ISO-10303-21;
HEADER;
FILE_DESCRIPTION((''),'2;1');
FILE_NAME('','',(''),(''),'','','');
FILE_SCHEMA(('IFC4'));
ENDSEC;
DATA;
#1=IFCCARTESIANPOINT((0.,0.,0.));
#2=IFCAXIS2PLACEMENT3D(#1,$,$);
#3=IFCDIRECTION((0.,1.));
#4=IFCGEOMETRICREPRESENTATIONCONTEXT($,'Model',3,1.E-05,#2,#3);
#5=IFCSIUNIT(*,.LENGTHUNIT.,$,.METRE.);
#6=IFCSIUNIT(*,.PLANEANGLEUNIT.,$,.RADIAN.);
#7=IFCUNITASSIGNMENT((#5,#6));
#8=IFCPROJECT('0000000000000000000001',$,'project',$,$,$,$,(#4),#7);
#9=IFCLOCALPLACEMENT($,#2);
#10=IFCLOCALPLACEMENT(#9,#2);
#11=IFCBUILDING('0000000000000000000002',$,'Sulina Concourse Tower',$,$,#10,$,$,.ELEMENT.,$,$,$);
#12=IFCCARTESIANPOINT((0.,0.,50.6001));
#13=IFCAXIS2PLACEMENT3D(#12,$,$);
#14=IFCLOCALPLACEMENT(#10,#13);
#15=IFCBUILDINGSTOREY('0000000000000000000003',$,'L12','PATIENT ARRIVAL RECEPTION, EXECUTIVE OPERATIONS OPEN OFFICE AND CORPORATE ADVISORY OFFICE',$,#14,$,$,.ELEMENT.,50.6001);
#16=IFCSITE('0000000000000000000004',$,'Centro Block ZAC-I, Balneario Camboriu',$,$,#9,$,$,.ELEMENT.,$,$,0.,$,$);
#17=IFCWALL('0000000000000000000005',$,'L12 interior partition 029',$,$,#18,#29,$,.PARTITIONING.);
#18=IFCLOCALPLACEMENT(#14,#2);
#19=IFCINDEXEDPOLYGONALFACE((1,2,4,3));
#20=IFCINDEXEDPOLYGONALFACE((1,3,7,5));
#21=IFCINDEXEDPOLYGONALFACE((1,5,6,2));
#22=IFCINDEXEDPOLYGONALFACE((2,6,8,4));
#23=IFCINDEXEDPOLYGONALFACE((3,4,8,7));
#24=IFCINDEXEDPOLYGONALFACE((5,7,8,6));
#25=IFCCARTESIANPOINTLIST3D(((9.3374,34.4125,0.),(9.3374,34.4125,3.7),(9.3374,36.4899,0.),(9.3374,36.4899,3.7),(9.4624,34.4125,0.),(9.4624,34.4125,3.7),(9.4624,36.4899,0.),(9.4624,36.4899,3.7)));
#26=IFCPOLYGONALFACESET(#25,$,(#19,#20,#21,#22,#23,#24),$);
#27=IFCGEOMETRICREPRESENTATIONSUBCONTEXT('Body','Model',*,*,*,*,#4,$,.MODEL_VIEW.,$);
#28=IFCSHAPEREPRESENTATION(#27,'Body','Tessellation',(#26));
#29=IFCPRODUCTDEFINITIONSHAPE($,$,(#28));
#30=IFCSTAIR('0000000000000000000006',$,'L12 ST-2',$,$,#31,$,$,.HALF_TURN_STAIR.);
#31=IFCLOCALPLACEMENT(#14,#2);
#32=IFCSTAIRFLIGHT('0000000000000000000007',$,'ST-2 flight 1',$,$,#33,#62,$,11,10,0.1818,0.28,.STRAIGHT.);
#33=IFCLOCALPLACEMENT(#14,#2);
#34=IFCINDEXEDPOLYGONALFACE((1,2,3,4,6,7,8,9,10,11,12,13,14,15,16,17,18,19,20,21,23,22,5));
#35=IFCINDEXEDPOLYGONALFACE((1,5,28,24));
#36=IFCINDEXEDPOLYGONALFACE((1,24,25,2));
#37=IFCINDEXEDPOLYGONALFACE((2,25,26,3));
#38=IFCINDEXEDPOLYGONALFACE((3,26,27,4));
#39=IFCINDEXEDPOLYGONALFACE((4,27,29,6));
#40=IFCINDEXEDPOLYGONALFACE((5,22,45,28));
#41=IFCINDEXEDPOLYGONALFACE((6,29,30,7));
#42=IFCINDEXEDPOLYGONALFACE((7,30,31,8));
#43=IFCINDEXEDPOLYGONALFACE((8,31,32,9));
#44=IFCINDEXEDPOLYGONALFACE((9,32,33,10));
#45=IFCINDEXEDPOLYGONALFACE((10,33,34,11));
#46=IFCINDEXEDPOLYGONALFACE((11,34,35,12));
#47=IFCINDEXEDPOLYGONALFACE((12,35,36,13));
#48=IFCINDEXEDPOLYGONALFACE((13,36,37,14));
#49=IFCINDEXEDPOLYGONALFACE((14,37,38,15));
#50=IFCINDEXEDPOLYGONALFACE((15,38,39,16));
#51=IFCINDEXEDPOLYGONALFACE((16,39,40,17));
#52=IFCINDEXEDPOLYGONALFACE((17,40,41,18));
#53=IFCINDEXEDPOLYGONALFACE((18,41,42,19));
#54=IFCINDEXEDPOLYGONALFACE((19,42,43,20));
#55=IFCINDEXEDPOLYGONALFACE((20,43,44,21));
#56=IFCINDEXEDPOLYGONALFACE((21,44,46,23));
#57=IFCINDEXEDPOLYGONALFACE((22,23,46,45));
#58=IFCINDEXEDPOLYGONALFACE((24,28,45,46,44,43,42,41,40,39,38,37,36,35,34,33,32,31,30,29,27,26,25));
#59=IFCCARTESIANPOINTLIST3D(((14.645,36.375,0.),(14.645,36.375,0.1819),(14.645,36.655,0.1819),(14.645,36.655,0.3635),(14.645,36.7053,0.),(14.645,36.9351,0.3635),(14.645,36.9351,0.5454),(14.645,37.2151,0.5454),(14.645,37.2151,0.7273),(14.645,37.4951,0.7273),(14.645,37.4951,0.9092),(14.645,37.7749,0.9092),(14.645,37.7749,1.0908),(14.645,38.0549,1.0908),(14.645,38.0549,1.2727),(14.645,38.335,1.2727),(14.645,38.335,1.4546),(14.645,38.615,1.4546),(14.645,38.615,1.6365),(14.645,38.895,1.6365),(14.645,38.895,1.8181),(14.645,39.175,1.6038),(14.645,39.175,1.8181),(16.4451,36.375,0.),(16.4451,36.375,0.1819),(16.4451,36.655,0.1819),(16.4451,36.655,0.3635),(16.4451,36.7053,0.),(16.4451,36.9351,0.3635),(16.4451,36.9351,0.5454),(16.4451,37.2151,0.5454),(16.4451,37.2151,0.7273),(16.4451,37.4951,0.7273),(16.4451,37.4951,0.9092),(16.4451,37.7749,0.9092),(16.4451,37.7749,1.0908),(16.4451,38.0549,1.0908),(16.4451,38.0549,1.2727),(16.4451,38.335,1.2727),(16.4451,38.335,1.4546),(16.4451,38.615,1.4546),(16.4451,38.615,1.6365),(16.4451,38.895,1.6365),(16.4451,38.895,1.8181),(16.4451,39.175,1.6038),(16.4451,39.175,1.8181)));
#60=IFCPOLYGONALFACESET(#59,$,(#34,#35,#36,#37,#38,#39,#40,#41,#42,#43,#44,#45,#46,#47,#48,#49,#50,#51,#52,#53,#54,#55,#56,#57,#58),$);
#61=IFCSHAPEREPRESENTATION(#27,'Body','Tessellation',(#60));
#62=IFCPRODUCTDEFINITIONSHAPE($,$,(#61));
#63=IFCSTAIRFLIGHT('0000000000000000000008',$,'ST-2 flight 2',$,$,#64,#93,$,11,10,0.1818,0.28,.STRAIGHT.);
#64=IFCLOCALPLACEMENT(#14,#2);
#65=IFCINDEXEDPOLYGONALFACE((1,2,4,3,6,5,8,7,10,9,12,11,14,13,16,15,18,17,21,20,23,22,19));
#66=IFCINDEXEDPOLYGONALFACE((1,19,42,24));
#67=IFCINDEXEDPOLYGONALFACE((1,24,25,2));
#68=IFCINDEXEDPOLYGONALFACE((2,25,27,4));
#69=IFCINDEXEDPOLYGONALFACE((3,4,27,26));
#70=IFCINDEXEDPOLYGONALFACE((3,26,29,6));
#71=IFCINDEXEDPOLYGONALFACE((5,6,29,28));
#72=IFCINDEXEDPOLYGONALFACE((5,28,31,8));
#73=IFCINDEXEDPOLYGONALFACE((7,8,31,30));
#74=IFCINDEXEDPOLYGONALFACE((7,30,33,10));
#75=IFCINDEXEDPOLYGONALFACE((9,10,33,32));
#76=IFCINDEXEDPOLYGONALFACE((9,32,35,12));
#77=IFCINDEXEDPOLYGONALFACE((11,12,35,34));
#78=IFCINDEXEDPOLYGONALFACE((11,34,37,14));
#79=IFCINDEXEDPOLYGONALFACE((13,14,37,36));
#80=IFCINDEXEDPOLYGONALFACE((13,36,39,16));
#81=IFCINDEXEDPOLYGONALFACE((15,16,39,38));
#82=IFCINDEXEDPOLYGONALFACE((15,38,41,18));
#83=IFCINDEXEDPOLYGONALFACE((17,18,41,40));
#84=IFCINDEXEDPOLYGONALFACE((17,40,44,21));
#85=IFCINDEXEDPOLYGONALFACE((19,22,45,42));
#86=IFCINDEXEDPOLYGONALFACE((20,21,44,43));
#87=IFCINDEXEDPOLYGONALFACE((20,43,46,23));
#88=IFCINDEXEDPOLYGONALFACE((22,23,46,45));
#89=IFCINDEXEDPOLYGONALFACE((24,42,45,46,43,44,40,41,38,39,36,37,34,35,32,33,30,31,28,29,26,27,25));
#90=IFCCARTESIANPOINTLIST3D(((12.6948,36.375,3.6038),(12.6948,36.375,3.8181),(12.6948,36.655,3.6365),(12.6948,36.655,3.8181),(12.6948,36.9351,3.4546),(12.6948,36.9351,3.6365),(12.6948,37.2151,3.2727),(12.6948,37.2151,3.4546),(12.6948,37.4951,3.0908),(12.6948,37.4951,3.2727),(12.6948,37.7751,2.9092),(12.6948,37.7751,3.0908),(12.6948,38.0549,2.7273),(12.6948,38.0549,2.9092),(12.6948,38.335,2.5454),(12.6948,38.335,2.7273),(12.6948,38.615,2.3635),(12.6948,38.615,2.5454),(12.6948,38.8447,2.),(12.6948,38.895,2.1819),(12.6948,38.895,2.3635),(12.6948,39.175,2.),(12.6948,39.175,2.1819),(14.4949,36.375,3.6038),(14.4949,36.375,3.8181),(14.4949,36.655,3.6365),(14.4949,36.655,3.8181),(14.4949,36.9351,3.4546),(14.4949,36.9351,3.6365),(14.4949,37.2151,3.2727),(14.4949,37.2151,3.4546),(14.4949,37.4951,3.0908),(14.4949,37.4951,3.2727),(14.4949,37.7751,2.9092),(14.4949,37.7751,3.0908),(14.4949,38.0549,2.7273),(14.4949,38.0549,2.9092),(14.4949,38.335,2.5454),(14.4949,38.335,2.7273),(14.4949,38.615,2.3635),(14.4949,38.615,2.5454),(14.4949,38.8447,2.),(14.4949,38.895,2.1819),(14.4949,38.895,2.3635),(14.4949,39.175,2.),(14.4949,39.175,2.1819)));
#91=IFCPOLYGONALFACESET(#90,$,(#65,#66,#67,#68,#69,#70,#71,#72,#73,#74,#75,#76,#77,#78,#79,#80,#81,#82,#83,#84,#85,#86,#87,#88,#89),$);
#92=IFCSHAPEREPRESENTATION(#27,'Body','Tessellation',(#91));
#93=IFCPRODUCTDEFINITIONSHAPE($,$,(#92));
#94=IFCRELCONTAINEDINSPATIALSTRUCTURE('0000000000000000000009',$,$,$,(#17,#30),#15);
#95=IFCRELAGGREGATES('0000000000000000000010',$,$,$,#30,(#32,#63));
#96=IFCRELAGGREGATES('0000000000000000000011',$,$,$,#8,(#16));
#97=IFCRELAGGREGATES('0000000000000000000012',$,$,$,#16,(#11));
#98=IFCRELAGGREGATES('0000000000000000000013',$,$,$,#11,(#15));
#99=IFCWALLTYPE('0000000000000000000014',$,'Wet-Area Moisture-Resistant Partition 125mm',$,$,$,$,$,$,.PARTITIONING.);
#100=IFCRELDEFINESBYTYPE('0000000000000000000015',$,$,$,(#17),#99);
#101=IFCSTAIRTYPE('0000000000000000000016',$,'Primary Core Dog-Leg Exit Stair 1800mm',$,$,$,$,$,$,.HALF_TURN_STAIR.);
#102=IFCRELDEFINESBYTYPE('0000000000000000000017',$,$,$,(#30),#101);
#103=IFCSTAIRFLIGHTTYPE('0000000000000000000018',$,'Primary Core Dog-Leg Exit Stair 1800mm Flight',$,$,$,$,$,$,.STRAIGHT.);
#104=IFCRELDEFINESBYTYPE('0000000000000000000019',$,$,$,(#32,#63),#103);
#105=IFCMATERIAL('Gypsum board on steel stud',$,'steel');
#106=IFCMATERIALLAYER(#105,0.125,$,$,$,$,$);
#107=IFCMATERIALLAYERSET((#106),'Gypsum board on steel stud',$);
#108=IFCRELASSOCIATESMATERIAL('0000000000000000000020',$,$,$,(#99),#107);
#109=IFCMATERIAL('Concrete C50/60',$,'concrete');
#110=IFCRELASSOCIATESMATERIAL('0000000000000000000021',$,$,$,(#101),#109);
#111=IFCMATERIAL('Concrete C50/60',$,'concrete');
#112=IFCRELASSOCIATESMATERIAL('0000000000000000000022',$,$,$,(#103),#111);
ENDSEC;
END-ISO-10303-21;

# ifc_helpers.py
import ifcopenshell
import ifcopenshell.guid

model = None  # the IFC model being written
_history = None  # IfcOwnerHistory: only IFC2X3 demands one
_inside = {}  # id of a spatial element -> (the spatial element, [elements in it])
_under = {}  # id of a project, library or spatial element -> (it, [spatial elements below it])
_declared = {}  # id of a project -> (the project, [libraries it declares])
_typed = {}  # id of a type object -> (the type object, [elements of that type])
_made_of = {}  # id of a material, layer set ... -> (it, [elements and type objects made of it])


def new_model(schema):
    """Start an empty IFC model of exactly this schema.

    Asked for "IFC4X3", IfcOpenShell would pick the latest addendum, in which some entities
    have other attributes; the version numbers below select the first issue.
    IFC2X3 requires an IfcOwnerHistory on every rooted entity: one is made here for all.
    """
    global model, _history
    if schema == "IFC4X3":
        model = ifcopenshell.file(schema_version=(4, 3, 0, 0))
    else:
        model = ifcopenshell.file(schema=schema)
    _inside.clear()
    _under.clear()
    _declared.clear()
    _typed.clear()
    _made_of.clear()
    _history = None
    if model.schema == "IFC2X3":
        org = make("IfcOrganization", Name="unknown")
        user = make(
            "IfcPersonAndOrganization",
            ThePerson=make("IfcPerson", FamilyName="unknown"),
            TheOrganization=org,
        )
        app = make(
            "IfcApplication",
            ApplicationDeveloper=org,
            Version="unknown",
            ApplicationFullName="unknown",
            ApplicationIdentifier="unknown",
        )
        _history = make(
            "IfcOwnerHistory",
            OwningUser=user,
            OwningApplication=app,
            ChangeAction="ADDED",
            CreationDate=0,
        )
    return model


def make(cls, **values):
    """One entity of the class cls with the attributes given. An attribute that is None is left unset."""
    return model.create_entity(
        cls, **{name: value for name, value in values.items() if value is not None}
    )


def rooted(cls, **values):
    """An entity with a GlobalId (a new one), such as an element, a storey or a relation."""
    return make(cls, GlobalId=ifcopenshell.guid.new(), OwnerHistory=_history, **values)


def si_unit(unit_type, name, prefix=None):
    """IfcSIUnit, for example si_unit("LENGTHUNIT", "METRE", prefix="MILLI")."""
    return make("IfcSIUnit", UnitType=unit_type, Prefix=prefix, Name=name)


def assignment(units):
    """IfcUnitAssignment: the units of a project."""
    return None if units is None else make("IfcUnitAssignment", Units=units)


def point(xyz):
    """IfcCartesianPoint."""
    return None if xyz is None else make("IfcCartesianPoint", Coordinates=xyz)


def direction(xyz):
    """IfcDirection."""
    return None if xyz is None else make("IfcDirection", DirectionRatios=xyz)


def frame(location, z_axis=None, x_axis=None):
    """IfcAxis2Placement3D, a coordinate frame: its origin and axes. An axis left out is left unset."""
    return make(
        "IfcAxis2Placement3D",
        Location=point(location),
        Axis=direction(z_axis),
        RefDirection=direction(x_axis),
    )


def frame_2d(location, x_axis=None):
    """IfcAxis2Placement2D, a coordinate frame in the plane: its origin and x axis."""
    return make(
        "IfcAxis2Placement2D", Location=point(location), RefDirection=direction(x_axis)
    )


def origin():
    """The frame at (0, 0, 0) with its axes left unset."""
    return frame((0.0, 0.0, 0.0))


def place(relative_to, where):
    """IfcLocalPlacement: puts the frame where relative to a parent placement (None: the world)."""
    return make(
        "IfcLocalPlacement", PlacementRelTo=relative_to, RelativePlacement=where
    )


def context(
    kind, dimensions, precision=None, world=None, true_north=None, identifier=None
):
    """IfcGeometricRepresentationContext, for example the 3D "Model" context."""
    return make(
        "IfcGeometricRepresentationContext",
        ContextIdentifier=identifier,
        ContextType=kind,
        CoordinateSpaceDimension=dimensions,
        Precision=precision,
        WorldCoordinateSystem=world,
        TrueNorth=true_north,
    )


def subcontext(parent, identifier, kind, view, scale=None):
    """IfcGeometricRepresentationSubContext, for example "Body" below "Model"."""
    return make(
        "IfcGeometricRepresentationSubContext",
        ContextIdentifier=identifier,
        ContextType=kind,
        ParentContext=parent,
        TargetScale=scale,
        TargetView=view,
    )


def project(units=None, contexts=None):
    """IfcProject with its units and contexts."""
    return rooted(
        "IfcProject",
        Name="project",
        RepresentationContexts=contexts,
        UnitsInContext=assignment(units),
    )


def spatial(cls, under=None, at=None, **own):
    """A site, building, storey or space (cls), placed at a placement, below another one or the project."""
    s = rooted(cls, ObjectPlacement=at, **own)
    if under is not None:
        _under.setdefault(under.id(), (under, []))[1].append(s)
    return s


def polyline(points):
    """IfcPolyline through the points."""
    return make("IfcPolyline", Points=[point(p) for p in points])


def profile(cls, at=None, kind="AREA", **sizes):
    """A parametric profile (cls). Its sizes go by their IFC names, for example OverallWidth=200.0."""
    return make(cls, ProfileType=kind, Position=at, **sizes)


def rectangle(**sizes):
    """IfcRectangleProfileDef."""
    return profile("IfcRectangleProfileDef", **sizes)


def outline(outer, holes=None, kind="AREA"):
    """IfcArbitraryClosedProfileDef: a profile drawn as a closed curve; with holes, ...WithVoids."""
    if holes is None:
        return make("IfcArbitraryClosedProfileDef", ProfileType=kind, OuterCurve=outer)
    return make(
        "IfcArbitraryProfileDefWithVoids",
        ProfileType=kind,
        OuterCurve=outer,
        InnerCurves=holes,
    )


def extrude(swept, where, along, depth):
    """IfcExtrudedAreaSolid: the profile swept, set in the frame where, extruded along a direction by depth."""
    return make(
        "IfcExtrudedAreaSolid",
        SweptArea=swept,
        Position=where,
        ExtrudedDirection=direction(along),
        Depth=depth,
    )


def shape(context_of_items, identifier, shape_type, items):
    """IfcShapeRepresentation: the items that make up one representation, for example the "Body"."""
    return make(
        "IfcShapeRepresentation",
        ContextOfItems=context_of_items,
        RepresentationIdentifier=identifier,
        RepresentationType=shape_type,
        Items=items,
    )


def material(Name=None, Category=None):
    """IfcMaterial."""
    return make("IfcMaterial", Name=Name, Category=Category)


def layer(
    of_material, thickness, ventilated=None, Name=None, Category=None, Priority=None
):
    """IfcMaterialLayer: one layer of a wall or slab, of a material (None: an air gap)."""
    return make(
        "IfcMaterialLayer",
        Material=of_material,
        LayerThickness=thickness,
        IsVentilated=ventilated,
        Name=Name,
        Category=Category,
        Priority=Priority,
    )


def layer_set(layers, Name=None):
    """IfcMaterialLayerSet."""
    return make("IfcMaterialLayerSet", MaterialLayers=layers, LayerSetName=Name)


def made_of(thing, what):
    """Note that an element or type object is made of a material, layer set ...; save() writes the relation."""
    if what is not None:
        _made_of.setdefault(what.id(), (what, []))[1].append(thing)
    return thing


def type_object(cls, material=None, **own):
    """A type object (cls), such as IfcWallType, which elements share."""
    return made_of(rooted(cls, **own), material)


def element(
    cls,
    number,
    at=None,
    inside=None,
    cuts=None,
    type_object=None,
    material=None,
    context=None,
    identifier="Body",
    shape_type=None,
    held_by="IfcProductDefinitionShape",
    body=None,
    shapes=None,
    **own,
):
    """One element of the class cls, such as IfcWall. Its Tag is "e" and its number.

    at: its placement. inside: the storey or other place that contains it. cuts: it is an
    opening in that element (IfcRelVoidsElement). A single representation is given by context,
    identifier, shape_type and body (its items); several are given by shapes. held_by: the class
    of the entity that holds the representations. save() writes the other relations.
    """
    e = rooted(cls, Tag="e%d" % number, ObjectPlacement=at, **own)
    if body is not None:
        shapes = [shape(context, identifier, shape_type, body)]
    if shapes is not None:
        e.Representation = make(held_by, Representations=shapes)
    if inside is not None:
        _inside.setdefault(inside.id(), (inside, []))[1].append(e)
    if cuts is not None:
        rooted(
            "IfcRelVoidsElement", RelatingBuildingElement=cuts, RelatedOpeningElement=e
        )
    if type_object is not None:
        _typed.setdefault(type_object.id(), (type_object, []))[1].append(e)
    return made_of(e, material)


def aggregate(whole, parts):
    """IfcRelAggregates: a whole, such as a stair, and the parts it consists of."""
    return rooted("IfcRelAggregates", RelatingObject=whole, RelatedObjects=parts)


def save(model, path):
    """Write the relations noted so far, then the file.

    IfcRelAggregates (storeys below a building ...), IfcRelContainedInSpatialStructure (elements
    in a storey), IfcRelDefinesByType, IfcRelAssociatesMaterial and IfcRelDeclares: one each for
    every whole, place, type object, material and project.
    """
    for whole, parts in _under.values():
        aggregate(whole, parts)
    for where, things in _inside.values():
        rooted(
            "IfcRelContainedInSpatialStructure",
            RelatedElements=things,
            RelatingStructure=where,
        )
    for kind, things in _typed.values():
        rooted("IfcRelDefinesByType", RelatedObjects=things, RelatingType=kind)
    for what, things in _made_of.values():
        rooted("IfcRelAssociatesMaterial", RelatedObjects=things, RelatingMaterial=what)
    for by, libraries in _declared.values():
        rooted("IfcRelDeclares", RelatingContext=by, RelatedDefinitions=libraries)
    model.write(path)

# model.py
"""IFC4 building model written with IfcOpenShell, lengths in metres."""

from ifc_helpers import new_model, si_unit, direction, frame, frame_2d, origin, place, context, subcontext, project, spatial, polyline, rectangle, outline, extrude, material, layer, layer_set, type_object, element, aggregate, save


model = new_model("IFC4")

# Units and contexts
model_context = context("Model", 3, precision=1e-05, world=origin(), true_north=direction((0.0, 1.0)))
body_context = subcontext(model_context, "Body", "Model", "MODEL_VIEW")
ifc_project = project(units=[si_unit("LENGTHUNIT", "METRE"), si_unit("PLANEANGLEUNIT", "RADIAN")], contexts=[model_context])

# Site, building, storey
site_placement = place(None, origin())
site = spatial("IfcSite", under=ifc_project, at=site_placement, Name="Centro Block ZAC-I, Balneario Camboriu", CompositionType="ELEMENT", RefElevation=0.0)
building_placement = place(site_placement, origin())
building = spatial("IfcBuilding", under=site, at=building_placement, Name="Sulina Concourse Tower", CompositionType="ELEMENT")
storey_placement = place(building_placement, frame((0.0, 0.0, 50.6001)))
storey = spatial("IfcBuildingStorey", under=building, at=storey_placement, Name="L12", Description="PATIENT ARRIVAL RECEPTION, EXECUTIVE OPERATIONS OPEN OFFICE AND CORPORATE ADVISORY OFFICE", CompositionType="ELEMENT", Elevation=50.6001)

# Wall
ifc_material_1 = material(Name="Gypsum board on steel stud", Category="steel")
ifc_layer_1 = layer(ifc_material_1, 0.125)
ifc_layer_set_1 = layer_set([ifc_layer_1], Name="Gypsum board on steel stud")
wall_type_1 = type_object("IfcWallType", Name="Wet-Area Moisture-Resistant Partition 125mm", PredefinedType="PARTITIONING", material=ifc_layer_set_1)
wall_1_placement = place(storey_placement, frame((9.3999, 34.4126, 0.0), z_axis=(0.0, 0.0, 1.0), x_axis=(0.0, 1.0, 0.0)))
element("IfcWall", 1, at=wall_1_placement, inside=storey, type_object=wall_type_1, Name="L12 interior partition 029", PredefinedType="PARTITIONING", context=body_context, shape_type="SweptSolid", body=[
    extrude(rectangle(XDim=2.0774, YDim=0.125, at=frame_2d((1.0386, 0.0))), origin(), (0.0, 0.0, 1.0), 3.7),
])

# Stair, stair flights
ifc_material_2 = material(Name="Concrete C50/60", Category="concrete")
stair_type = type_object("IfcStairType", Name="Primary Core Dog-Leg Exit Stair 1800mm", PredefinedType="HALF_TURN_STAIR", material=ifc_material_2)
stair_placement = place(storey_placement, origin())
stair = element("IfcStair", 2, at=stair_placement, inside=storey, type_object=stair_type, Name="L12 ST-2", PredefinedType="HALF_TURN_STAIR")
ifc_material_3 = material(Name="Concrete C50/60", Category="concrete")
stair_flight_type = type_object("IfcStairFlightType", Name="Primary Core Dog-Leg Exit Stair 1800mm Flight", PredefinedType="STRAIGHT", material=ifc_material_3)
stair_flight_1_placement = place(storey_placement, frame((15.5449, 36.375, 0.0), z_axis=(0.0, 0.0, 1.0), x_axis=(0.0, 1.0, 0.0)))
stair_flight_1 = element("IfcStairFlight", 3, at=stair_flight_1_placement, type_object=stair_flight_type, Name="ST-2 flight 1", NumberOfRisers=11, NumberOfTreads=10, PredefinedType="STRAIGHT", RiserHeight=0.1818, TreadLength=0.28, context=body_context, shape_type="SweptSolid", body=[
    extrude(outline(polyline([(0.0, 0.0), (0.0, 0.1819), (0.28, 0.1819), (0.28, 0.3635), (0.5601, 0.3635), (0.5601, 0.5454), (0.8401, 0.5454), (0.8401, 0.7273), (1.1201, 0.7273), (1.1201, 0.9092), (1.3999, 0.9092), (1.3999, 1.0908), (1.6799, 1.0908), (1.6799, 1.2727), (1.96, 1.2727), (1.96, 1.4546), (2.24, 1.4546), (2.24, 1.6365), (2.52, 1.6365), (2.52, 1.8181), (2.8, 1.8181), (2.8, 2.0), (2.8, 1.6038), (0.3303, 0.0), (0.0, 0.0)])), frame((0.0, 0.8999, 0.0), z_axis=(0.0, -1.0, 0.0), x_axis=(1.0, 0.0, 0.0)), (0.0, 0.0, 1.0), 1.8),
])
stair_flight_2_placement = place(storey_placement, frame((13.595, 39.175, 2.0), z_axis=(0.0, 0.0, 1.0), x_axis=(0.0, -1.0, 0.0)))
stair_flight_2 = element("IfcStairFlight", 4, at=stair_flight_2_placement, type_object=stair_flight_type, Name="ST-2 flight 2", NumberOfRisers=11, NumberOfTreads=10, PredefinedType="STRAIGHT", RiserHeight=0.1818, TreadLength=0.28, context=body_context, shape_type="SweptSolid", body=[
    extrude(outline(polyline([(0.0, 0.0), (0.0, 0.1819), (0.28, 0.1819), (0.28, 0.3635), (0.5601, 0.3635), (0.5601, 0.5454), (0.8401, 0.5454), (0.8401, 0.7273), (1.1201, 0.7273), (1.1201, 0.9092), (1.3999, 0.9092), (1.3999, 1.0908), (1.6799, 1.0908), (1.6799, 1.2727), (1.96, 1.2727), (1.96, 1.4546), (2.24, 1.4546), (2.24, 1.6365), (2.52, 1.6365), (2.52, 1.8181), (2.8, 1.8181), (2.8, 2.0), (2.8, 1.6038), (0.3303, 0.0), (0.0, 0.0)])), frame((0.0, 0.8999, 0.0), z_axis=(0.0, -1.0, 0.0), x_axis=(1.0, 0.0, 0.0)), (0.0, 0.0, 1.0), 1.8),
])
aggregate(stair, [stair_flight_1, stair_flight_2])

save(model, "model.ifc")
